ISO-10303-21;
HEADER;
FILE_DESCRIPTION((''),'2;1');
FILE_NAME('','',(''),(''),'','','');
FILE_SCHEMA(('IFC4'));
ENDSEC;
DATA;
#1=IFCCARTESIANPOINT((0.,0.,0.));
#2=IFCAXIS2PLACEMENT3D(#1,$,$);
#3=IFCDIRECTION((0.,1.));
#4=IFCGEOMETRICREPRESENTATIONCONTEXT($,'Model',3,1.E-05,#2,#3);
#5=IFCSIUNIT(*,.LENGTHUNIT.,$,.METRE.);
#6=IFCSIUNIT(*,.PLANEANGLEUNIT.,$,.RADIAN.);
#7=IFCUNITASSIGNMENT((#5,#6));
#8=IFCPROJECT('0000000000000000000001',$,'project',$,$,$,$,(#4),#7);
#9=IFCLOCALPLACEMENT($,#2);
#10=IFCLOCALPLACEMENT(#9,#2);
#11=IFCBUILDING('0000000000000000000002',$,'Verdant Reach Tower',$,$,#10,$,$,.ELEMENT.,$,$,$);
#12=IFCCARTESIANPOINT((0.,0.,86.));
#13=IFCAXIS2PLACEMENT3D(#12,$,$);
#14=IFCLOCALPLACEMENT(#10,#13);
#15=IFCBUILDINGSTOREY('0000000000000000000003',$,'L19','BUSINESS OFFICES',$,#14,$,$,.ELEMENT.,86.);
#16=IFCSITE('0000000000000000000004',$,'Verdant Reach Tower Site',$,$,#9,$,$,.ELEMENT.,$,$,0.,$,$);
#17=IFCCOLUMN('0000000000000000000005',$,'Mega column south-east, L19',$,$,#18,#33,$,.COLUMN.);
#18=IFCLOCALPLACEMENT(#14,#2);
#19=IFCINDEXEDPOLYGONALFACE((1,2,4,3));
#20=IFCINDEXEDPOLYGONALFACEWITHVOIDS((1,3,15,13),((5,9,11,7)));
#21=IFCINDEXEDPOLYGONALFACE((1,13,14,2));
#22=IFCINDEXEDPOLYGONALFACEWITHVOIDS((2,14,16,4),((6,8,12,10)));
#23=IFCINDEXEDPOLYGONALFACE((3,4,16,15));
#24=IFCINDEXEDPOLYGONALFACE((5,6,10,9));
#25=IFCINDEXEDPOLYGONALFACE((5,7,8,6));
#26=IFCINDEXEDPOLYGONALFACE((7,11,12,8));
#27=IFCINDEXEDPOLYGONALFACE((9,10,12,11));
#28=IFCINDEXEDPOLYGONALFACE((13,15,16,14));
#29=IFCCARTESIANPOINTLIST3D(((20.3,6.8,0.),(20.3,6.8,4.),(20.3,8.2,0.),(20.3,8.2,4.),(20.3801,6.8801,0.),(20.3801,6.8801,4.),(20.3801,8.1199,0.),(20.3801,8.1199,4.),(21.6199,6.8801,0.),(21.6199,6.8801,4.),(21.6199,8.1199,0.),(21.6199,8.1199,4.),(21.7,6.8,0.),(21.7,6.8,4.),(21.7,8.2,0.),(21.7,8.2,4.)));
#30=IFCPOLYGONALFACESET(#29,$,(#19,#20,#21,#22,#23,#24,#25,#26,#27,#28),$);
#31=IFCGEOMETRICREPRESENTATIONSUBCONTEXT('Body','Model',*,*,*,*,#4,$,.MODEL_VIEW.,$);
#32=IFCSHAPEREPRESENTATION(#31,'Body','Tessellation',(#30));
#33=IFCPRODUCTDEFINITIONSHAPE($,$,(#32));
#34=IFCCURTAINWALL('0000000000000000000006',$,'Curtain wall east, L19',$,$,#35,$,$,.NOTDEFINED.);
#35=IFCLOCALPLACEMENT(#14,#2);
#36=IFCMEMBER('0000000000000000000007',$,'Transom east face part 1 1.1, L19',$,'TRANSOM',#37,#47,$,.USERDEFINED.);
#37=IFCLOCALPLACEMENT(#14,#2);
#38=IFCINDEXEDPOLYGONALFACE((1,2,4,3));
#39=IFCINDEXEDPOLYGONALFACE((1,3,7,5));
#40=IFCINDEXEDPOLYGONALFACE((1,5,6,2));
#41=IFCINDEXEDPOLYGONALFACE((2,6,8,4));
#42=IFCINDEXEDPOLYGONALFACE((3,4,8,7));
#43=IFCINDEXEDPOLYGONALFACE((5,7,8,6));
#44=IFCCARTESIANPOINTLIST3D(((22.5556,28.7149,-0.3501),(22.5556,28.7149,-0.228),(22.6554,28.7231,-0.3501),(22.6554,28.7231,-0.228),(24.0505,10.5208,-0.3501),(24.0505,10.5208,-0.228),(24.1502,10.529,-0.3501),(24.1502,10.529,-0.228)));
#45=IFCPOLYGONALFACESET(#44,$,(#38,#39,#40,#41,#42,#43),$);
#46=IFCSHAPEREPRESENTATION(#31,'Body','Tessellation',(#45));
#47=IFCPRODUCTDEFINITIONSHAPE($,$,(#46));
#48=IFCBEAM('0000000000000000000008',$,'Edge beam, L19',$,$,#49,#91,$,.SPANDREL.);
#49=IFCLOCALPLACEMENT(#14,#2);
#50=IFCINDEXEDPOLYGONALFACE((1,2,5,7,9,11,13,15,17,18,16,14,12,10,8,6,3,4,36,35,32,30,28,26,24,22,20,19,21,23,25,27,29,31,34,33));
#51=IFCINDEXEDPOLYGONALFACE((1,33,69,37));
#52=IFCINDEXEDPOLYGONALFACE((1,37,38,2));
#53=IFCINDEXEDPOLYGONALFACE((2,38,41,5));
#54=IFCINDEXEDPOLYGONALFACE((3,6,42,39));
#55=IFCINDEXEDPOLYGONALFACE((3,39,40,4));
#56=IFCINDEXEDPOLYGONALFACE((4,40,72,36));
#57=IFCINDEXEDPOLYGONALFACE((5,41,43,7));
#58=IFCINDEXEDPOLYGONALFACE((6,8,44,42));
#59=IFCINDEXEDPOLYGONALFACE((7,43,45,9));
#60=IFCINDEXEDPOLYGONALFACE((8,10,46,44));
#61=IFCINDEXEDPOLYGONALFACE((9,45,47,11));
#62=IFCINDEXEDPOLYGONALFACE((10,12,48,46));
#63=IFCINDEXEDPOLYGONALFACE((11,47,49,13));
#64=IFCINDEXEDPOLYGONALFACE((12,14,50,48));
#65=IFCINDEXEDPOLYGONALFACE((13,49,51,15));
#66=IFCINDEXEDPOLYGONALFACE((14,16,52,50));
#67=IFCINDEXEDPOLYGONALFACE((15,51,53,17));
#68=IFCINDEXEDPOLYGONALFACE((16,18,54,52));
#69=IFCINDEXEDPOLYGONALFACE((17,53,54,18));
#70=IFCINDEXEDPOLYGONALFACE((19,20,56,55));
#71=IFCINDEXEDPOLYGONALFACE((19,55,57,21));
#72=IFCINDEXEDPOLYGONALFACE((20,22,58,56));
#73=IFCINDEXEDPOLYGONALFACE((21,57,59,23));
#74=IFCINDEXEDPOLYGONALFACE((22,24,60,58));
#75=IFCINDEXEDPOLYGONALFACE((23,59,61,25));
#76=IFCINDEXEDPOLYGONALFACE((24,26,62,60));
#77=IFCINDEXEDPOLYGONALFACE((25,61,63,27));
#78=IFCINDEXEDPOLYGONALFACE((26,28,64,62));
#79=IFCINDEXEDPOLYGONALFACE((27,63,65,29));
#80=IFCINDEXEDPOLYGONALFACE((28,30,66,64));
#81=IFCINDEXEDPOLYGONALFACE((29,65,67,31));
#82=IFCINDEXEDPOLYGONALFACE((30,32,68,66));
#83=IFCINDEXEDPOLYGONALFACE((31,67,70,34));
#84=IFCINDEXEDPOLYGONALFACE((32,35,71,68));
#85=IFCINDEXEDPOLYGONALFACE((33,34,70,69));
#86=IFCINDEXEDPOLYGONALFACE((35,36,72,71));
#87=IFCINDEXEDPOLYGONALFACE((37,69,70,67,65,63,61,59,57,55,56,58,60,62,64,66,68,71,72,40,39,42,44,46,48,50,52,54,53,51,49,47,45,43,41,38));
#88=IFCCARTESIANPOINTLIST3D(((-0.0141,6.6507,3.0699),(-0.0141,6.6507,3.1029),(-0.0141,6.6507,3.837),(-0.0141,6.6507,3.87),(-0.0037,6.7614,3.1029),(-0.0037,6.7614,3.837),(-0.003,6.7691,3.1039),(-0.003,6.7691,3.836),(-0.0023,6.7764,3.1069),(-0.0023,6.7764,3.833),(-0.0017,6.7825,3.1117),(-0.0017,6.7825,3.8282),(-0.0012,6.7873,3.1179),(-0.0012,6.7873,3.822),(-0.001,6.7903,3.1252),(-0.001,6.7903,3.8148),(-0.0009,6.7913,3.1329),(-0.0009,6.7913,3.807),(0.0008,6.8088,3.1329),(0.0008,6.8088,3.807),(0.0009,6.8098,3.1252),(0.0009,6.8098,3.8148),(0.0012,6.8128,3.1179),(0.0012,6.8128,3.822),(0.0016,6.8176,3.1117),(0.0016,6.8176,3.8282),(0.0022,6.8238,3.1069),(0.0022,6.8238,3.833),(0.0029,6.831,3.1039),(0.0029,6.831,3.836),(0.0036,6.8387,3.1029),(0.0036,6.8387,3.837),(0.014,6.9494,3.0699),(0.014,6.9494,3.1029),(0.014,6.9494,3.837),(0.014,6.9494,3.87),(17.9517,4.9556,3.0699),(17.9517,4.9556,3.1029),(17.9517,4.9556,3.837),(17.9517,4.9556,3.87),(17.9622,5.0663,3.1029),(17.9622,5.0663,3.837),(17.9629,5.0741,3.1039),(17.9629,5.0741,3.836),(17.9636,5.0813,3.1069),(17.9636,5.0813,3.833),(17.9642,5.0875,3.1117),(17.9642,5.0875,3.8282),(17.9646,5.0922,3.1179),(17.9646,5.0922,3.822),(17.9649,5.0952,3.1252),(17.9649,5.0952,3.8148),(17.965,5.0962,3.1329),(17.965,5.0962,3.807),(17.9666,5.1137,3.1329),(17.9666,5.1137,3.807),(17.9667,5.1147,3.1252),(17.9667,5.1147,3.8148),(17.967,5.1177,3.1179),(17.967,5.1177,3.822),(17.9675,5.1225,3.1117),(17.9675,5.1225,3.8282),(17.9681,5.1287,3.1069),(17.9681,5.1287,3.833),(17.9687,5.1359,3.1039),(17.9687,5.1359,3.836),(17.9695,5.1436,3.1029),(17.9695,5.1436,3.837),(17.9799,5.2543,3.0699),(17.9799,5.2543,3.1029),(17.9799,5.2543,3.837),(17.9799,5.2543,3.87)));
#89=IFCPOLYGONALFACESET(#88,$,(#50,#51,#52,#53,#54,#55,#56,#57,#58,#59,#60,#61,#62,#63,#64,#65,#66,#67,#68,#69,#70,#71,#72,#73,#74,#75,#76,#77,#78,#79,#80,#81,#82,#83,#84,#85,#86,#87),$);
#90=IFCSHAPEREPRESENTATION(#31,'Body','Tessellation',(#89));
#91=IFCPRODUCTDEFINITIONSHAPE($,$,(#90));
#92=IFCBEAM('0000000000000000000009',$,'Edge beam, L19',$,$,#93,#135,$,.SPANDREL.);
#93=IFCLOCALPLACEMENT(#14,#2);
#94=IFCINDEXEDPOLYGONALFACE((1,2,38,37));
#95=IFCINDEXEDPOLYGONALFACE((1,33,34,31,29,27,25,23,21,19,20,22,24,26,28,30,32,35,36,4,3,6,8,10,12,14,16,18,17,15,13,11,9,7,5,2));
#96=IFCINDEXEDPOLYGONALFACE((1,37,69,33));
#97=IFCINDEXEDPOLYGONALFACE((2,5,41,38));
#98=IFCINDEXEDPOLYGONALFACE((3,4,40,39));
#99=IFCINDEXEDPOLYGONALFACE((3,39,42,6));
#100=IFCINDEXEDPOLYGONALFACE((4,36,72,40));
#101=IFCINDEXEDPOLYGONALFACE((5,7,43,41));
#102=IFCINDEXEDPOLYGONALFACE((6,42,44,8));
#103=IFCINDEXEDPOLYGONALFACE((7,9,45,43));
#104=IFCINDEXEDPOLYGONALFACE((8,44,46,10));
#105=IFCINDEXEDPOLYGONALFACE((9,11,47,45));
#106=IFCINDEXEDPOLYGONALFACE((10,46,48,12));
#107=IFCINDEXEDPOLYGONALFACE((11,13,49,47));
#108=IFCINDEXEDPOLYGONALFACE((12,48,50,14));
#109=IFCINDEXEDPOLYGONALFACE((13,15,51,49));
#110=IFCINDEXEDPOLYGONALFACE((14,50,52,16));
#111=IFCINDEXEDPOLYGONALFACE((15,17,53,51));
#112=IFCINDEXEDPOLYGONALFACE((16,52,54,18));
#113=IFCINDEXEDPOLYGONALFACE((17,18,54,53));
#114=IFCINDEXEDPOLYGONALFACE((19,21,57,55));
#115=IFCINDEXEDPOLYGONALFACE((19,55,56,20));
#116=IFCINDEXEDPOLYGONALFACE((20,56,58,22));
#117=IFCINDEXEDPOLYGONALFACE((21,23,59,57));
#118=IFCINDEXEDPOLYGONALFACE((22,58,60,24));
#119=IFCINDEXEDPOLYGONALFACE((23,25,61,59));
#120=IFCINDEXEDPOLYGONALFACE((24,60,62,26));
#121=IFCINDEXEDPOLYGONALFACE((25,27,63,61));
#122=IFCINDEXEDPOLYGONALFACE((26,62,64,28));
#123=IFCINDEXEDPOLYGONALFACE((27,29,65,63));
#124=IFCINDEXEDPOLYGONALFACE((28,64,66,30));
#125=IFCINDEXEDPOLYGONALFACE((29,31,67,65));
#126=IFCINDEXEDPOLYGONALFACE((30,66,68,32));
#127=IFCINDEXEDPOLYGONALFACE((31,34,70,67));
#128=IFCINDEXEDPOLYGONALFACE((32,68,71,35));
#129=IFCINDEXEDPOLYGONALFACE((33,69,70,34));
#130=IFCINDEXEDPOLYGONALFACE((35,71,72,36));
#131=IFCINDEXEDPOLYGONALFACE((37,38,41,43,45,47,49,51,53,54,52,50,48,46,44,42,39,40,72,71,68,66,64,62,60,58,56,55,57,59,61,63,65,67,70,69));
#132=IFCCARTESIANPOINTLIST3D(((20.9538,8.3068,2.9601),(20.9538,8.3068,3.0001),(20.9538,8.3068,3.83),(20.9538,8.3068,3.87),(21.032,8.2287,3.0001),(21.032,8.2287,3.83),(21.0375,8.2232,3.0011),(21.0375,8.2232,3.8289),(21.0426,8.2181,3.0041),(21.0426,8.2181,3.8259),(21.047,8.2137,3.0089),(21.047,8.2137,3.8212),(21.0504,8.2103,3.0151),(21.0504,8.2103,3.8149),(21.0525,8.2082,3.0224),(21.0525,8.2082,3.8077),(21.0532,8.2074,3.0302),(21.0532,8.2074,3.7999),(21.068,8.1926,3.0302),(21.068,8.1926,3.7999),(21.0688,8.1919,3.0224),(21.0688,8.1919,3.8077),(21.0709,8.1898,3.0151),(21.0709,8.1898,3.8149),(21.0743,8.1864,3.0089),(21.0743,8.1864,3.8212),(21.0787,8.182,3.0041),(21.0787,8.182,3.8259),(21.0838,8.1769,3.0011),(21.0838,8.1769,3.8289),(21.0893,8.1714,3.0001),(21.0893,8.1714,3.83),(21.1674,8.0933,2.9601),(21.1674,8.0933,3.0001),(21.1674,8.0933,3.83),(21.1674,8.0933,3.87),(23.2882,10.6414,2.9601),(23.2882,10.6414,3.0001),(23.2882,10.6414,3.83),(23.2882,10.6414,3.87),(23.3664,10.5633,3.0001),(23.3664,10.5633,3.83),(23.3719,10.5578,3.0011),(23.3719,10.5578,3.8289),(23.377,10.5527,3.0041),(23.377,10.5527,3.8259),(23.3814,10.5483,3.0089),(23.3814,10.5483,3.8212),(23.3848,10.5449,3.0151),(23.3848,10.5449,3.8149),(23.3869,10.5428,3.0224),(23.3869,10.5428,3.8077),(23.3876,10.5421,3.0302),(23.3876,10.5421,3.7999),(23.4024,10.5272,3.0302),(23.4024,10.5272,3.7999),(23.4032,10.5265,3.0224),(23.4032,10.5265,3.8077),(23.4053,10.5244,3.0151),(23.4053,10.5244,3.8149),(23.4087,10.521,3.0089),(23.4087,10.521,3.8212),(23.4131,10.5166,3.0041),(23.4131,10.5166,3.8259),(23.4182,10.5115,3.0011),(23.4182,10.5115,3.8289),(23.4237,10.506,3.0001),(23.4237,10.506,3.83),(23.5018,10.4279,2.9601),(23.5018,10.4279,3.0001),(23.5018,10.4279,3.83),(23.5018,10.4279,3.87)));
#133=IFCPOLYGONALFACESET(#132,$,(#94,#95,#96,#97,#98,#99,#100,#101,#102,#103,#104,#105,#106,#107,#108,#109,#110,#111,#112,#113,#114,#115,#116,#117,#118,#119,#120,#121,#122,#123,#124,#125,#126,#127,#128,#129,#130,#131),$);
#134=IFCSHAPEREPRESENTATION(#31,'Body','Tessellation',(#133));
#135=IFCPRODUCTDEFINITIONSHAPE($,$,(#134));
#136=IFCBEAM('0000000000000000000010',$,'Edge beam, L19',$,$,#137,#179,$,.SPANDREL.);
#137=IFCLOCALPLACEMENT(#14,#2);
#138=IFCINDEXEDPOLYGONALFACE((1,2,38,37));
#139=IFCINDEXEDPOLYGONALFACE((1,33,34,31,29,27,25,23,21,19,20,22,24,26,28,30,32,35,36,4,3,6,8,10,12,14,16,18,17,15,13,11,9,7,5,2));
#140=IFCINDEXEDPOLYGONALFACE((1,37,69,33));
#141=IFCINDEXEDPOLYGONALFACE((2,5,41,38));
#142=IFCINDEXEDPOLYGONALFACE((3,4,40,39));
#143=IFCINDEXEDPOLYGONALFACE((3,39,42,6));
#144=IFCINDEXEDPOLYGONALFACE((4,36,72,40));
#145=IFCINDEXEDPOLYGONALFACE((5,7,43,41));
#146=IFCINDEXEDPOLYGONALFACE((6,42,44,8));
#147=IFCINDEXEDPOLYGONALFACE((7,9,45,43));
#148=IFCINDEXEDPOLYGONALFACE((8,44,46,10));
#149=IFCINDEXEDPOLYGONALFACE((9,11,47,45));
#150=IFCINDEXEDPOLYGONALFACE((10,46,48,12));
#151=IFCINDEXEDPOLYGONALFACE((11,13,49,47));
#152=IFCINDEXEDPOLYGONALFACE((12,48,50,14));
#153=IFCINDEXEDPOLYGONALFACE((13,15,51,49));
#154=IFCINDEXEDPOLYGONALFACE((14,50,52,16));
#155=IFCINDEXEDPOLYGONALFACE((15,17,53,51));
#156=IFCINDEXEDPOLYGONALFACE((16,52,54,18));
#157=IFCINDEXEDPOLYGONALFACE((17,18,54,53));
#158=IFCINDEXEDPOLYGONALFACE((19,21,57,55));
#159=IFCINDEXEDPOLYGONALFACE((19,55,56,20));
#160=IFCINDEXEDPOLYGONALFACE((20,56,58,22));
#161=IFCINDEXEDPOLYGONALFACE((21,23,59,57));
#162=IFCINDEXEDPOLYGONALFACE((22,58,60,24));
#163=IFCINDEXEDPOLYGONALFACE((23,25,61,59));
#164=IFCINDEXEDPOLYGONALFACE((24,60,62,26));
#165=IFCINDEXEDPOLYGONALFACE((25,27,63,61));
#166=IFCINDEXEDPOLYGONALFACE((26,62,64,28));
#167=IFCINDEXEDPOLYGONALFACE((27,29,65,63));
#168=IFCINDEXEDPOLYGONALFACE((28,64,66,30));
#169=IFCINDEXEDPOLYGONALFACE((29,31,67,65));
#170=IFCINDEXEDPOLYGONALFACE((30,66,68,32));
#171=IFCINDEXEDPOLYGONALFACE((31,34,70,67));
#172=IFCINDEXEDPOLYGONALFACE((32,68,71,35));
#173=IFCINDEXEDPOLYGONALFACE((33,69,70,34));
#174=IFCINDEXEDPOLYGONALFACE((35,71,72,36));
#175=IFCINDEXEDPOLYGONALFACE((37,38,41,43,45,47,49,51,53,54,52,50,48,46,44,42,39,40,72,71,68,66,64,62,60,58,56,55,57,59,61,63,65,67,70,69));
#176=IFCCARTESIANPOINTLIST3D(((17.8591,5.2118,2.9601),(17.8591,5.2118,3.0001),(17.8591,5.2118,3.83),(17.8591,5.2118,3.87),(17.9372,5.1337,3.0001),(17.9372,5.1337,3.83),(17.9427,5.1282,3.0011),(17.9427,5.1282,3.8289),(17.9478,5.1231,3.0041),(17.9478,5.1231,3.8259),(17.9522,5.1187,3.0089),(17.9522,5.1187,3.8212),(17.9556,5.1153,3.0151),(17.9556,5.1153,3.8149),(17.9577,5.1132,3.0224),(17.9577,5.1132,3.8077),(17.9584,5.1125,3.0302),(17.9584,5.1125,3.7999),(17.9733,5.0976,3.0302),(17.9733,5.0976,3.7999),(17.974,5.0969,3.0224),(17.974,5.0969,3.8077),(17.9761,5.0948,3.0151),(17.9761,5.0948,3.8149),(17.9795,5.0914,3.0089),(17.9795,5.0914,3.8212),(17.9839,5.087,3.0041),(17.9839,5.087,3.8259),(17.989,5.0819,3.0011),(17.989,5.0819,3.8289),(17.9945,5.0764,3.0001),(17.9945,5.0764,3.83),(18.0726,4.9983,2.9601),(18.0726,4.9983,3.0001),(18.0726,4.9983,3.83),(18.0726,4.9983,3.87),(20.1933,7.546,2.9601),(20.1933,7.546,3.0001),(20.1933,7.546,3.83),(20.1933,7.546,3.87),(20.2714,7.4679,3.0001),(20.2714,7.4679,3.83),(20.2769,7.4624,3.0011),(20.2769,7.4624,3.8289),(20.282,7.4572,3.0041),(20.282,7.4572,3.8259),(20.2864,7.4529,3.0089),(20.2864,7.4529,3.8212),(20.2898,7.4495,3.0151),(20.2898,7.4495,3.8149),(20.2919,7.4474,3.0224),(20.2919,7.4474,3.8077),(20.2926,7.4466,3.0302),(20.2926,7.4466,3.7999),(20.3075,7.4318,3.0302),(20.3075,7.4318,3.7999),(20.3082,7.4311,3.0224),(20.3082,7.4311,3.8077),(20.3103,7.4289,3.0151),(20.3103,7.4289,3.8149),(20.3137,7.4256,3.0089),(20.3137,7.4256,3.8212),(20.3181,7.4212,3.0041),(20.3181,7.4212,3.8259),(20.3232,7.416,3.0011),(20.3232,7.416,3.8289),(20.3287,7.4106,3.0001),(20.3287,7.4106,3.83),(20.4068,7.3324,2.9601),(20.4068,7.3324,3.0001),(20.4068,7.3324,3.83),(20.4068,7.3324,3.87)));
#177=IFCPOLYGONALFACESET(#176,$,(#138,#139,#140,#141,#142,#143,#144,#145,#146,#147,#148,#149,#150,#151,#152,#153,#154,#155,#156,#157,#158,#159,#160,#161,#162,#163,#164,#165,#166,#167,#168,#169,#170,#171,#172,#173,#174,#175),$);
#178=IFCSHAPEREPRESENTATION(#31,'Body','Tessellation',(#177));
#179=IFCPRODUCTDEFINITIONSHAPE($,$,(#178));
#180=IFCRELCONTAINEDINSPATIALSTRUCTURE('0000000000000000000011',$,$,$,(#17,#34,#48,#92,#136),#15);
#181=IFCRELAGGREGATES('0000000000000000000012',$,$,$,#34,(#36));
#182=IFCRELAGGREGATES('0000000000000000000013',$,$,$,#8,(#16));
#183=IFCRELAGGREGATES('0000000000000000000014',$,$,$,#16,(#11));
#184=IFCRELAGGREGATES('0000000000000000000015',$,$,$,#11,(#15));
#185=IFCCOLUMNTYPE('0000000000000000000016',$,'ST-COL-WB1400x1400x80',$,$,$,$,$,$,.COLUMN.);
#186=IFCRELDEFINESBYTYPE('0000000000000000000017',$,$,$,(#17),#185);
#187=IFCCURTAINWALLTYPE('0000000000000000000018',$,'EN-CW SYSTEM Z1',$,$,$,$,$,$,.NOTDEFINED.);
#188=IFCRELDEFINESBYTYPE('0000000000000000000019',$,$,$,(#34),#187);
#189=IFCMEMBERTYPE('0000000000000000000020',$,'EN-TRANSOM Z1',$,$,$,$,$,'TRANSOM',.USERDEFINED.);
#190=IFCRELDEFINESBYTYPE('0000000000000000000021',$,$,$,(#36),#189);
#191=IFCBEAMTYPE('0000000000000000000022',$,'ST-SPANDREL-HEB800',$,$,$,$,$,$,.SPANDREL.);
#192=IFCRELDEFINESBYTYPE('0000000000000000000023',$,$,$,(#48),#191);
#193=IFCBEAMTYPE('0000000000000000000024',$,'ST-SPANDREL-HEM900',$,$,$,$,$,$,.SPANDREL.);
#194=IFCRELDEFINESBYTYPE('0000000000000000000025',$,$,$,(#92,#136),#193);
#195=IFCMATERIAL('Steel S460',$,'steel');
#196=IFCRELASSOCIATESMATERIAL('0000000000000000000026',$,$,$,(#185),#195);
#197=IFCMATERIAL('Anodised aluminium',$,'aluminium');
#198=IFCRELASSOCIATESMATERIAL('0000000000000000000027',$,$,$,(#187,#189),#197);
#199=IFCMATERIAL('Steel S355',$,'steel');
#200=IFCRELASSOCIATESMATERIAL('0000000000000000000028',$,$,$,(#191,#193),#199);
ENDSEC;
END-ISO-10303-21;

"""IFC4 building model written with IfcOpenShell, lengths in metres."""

from ifc_helpers import new_model, si_unit, direction, frame, origin, origin_2d, place, context, subcontext, project, spatial, rectangle, hollow_rectangle, i_section, extrude, material, material_profile, profile_set, type_object, element, aggregate, save


model = new_model("IFC4")

# Units and contexts
model_context = context("Model", 3, precision=1e-05, world=origin(), true_north=direction((0.0, 1.0)))
body_context = subcontext(model_context, "Body", "Model", "MODEL_VIEW")
ifc_project = project(units=[si_unit("LENGTHUNIT", "METRE"), si_unit("PLANEANGLEUNIT", "RADIAN")], contexts=[model_context])

# Site, building, storey
site_placement = place(None, origin())
site = spatial("IfcSite", under=ifc_project, at=site_placement, Name="Verdant Reach Tower Site", CompositionType="ELEMENT", RefElevation=0.0)
building_placement = place(site_placement, origin())
building = spatial("IfcBuilding", under=site, at=building_placement, Name="Verdant Reach Tower", CompositionType="ELEMENT")
storey_placement = place(building_placement, frame((0.0, 0.0, 86.0)))
storey = spatial("IfcBuildingStorey", under=building, at=storey_placement, Name="L19", Description="BUSINESS OFFICES", CompositionType="ELEMENT", Elevation=86.0)

# Column
ifc_material_1 = material(Name="Steel S460", Category="steel")
ifc_material_profile_1 = material_profile(ifc_material_1, hollow_rectangle(XDim=1.3999, YDim=1.3999, WallThickness=0.0801, at=origin_2d()), Name="WB 1400x1400x80")
ifc_profile_set_1 = profile_set([ifc_material_profile_1], Name="Steel S460")
column_type = type_object("IfcColumnType", Name="ST-COL-WB1400x1400x80", PredefinedType="COLUMN", material=ifc_profile_set_1)
column_placement = place(storey_placement, frame((21.0, 7.5, 0.0), z_axis=(0.0, 0.0, 1.0), x_axis=(1.0, 0.0, 0.0)))
element("IfcColumn", 1, at=column_placement, inside=storey, type_object=column_type, Name="Mega column south-east, L19", PredefinedType="COLUMN", context=body_context, shape_type="SweptSolid", body=[
    extrude(hollow_rectangle(XDim=1.3999, YDim=1.3999, WallThickness=0.0801, at=origin_2d()), origin(), (0.0, 0.0, 1.0), 4.0),
])

# Curtain wall, member
ifc_material_2 = material(Name="Anodised aluminium", Category="aluminium")
curtain_wall_type = type_object("IfcCurtainWallType", Name="EN-CW SYSTEM Z1", PredefinedType="NOTDEFINED", material=ifc_material_2)
curtain_wall_1_placement = place(storey_placement, origin())
curtain_wall_1 = element("IfcCurtainWall", 2, at=curtain_wall_1_placement, inside=storey, type_object=curtain_wall_type, Name="Curtain wall east, L19", PredefinedType="NOTDEFINED")
ifc_material_profile_2 = material_profile(ifc_material_2, rectangle(XDim=0.1001, YDim=0.1221, at=origin_2d()), Name="Transom 122x100")
ifc_profile_set_2 = profile_set([ifc_material_profile_2], Name="Anodised aluminium")
member_type = type_object("IfcMemberType", Name="EN-TRANSOM Z1", ElementType="TRANSOM", PredefinedType="USERDEFINED", material=ifc_profile_set_2)
member_placement = place(storey_placement, frame((24.1003, 10.5249, -0.2891), z_axis=(-0.081887, 0.996642, 0.0), x_axis=(-0.996642, -0.081887, 0.0)))
member = element("IfcMember", 3, at=member_placement, type_object=member_type, Name="Transom east face part 1 1.1, L19", ObjectType="TRANSOM", PredefinedType="USERDEFINED", context=body_context, shape_type="SweptSolid", body=[
    extrude(rectangle(XDim=0.1001, YDim=0.1221, at=origin_2d()), origin(), (0.0, 0.0, 1.0), 18.2554),
])

# Beams
ifc_material_3 = material(Name="Steel S355", Category="steel")
ifc_material_profile_3 = material_profile(ifc_material_3, i_section(OverallWidth=0.3, OverallDepth=0.8, WebThickness=0.0176, FlangeThickness=0.033, FilletRadius=0.03, at=origin_2d()), Name="HEB 800")
ifc_profile_set_3 = profile_set([ifc_material_profile_3], Name="Steel S355")
beam_type_1 = type_object("IfcBeamType", Name="ST-SPANDREL-HEB800", PredefinedType="SPANDREL", material=ifc_profile_set_3)
beam_1_placement = place(storey_placement, frame((17.9658, 5.105, 3.47), z_axis=(-0.995579, 0.093932, 0.0), x_axis=(-0.093932, -0.995579, 0.0)))
element("IfcBeam", 4, at=beam_1_placement, inside=storey, type_object=beam_type_1, Name="Edge beam, L19", PredefinedType="SPANDREL", context=body_context, shape_type="SweptSolid", body=[
    extrude(i_section(OverallWidth=0.3, OverallDepth=0.8, WebThickness=0.0176, FlangeThickness=0.033, FilletRadius=0.03, at=origin_2d()), origin(), (0.0, 0.0, 1.0), 18.0457),
])
ifc_material_profile_4 = material_profile(ifc_material_3, i_section(OverallWidth=0.302, OverallDepth=0.9099, WebThickness=0.021, FlangeThickness=0.04, FilletRadius=0.03, at=origin_2d()), Name="HEM 900")
ifc_profile_set_4 = profile_set([ifc_material_profile_4], Name="Steel S355")
beam_type_2 = type_object("IfcBeamType", Name="ST-SPANDREL-HEM900", PredefinedType="SPANDREL", material=ifc_profile_set_4)
beam_2_placement = place(storey_placement, frame((23.395, 10.5347, 3.415), z_axis=(-0.70707, -0.707144, 0.0), x_axis=(0.707144, -0.70707, 0.0)))
element("IfcBeam", 5, at=beam_2_placement, inside=storey, type_object=beam_type_2, Name="Edge beam, L19", PredefinedType="SPANDREL", context=body_context, shape_type="SweptSolid", body=[
    extrude(i_section(OverallWidth=0.302, OverallDepth=0.9099, WebThickness=0.021, FlangeThickness=0.04, FilletRadius=0.03, at=origin_2d()), origin(), (0.0, 0.0, 1.0), 3.3015),
])
beam_3_placement = place(storey_placement, frame((20.3, 7.4392, 3.415), z_axis=(-0.707107, -0.707107, 0.0), x_axis=(0.707107, -0.707107, 0.0)))
element("IfcBeam", 6, at=beam_3_placement, inside=storey, type_object=beam_type_2, Name="Edge beam, L19", PredefinedType="SPANDREL", context=body_context, shape_type="SweptSolid", body=[
    extrude(i_section(OverallWidth=0.302, OverallDepth=0.9099, WebThickness=0.021, FlangeThickness=0.04, FilletRadius=0.03, at=origin_2d()), origin(), (0.0, 0.0, 1.0), 3.301),
])

aggregate(curtain_wall_1, [member])

save(model, "model.ifc")
